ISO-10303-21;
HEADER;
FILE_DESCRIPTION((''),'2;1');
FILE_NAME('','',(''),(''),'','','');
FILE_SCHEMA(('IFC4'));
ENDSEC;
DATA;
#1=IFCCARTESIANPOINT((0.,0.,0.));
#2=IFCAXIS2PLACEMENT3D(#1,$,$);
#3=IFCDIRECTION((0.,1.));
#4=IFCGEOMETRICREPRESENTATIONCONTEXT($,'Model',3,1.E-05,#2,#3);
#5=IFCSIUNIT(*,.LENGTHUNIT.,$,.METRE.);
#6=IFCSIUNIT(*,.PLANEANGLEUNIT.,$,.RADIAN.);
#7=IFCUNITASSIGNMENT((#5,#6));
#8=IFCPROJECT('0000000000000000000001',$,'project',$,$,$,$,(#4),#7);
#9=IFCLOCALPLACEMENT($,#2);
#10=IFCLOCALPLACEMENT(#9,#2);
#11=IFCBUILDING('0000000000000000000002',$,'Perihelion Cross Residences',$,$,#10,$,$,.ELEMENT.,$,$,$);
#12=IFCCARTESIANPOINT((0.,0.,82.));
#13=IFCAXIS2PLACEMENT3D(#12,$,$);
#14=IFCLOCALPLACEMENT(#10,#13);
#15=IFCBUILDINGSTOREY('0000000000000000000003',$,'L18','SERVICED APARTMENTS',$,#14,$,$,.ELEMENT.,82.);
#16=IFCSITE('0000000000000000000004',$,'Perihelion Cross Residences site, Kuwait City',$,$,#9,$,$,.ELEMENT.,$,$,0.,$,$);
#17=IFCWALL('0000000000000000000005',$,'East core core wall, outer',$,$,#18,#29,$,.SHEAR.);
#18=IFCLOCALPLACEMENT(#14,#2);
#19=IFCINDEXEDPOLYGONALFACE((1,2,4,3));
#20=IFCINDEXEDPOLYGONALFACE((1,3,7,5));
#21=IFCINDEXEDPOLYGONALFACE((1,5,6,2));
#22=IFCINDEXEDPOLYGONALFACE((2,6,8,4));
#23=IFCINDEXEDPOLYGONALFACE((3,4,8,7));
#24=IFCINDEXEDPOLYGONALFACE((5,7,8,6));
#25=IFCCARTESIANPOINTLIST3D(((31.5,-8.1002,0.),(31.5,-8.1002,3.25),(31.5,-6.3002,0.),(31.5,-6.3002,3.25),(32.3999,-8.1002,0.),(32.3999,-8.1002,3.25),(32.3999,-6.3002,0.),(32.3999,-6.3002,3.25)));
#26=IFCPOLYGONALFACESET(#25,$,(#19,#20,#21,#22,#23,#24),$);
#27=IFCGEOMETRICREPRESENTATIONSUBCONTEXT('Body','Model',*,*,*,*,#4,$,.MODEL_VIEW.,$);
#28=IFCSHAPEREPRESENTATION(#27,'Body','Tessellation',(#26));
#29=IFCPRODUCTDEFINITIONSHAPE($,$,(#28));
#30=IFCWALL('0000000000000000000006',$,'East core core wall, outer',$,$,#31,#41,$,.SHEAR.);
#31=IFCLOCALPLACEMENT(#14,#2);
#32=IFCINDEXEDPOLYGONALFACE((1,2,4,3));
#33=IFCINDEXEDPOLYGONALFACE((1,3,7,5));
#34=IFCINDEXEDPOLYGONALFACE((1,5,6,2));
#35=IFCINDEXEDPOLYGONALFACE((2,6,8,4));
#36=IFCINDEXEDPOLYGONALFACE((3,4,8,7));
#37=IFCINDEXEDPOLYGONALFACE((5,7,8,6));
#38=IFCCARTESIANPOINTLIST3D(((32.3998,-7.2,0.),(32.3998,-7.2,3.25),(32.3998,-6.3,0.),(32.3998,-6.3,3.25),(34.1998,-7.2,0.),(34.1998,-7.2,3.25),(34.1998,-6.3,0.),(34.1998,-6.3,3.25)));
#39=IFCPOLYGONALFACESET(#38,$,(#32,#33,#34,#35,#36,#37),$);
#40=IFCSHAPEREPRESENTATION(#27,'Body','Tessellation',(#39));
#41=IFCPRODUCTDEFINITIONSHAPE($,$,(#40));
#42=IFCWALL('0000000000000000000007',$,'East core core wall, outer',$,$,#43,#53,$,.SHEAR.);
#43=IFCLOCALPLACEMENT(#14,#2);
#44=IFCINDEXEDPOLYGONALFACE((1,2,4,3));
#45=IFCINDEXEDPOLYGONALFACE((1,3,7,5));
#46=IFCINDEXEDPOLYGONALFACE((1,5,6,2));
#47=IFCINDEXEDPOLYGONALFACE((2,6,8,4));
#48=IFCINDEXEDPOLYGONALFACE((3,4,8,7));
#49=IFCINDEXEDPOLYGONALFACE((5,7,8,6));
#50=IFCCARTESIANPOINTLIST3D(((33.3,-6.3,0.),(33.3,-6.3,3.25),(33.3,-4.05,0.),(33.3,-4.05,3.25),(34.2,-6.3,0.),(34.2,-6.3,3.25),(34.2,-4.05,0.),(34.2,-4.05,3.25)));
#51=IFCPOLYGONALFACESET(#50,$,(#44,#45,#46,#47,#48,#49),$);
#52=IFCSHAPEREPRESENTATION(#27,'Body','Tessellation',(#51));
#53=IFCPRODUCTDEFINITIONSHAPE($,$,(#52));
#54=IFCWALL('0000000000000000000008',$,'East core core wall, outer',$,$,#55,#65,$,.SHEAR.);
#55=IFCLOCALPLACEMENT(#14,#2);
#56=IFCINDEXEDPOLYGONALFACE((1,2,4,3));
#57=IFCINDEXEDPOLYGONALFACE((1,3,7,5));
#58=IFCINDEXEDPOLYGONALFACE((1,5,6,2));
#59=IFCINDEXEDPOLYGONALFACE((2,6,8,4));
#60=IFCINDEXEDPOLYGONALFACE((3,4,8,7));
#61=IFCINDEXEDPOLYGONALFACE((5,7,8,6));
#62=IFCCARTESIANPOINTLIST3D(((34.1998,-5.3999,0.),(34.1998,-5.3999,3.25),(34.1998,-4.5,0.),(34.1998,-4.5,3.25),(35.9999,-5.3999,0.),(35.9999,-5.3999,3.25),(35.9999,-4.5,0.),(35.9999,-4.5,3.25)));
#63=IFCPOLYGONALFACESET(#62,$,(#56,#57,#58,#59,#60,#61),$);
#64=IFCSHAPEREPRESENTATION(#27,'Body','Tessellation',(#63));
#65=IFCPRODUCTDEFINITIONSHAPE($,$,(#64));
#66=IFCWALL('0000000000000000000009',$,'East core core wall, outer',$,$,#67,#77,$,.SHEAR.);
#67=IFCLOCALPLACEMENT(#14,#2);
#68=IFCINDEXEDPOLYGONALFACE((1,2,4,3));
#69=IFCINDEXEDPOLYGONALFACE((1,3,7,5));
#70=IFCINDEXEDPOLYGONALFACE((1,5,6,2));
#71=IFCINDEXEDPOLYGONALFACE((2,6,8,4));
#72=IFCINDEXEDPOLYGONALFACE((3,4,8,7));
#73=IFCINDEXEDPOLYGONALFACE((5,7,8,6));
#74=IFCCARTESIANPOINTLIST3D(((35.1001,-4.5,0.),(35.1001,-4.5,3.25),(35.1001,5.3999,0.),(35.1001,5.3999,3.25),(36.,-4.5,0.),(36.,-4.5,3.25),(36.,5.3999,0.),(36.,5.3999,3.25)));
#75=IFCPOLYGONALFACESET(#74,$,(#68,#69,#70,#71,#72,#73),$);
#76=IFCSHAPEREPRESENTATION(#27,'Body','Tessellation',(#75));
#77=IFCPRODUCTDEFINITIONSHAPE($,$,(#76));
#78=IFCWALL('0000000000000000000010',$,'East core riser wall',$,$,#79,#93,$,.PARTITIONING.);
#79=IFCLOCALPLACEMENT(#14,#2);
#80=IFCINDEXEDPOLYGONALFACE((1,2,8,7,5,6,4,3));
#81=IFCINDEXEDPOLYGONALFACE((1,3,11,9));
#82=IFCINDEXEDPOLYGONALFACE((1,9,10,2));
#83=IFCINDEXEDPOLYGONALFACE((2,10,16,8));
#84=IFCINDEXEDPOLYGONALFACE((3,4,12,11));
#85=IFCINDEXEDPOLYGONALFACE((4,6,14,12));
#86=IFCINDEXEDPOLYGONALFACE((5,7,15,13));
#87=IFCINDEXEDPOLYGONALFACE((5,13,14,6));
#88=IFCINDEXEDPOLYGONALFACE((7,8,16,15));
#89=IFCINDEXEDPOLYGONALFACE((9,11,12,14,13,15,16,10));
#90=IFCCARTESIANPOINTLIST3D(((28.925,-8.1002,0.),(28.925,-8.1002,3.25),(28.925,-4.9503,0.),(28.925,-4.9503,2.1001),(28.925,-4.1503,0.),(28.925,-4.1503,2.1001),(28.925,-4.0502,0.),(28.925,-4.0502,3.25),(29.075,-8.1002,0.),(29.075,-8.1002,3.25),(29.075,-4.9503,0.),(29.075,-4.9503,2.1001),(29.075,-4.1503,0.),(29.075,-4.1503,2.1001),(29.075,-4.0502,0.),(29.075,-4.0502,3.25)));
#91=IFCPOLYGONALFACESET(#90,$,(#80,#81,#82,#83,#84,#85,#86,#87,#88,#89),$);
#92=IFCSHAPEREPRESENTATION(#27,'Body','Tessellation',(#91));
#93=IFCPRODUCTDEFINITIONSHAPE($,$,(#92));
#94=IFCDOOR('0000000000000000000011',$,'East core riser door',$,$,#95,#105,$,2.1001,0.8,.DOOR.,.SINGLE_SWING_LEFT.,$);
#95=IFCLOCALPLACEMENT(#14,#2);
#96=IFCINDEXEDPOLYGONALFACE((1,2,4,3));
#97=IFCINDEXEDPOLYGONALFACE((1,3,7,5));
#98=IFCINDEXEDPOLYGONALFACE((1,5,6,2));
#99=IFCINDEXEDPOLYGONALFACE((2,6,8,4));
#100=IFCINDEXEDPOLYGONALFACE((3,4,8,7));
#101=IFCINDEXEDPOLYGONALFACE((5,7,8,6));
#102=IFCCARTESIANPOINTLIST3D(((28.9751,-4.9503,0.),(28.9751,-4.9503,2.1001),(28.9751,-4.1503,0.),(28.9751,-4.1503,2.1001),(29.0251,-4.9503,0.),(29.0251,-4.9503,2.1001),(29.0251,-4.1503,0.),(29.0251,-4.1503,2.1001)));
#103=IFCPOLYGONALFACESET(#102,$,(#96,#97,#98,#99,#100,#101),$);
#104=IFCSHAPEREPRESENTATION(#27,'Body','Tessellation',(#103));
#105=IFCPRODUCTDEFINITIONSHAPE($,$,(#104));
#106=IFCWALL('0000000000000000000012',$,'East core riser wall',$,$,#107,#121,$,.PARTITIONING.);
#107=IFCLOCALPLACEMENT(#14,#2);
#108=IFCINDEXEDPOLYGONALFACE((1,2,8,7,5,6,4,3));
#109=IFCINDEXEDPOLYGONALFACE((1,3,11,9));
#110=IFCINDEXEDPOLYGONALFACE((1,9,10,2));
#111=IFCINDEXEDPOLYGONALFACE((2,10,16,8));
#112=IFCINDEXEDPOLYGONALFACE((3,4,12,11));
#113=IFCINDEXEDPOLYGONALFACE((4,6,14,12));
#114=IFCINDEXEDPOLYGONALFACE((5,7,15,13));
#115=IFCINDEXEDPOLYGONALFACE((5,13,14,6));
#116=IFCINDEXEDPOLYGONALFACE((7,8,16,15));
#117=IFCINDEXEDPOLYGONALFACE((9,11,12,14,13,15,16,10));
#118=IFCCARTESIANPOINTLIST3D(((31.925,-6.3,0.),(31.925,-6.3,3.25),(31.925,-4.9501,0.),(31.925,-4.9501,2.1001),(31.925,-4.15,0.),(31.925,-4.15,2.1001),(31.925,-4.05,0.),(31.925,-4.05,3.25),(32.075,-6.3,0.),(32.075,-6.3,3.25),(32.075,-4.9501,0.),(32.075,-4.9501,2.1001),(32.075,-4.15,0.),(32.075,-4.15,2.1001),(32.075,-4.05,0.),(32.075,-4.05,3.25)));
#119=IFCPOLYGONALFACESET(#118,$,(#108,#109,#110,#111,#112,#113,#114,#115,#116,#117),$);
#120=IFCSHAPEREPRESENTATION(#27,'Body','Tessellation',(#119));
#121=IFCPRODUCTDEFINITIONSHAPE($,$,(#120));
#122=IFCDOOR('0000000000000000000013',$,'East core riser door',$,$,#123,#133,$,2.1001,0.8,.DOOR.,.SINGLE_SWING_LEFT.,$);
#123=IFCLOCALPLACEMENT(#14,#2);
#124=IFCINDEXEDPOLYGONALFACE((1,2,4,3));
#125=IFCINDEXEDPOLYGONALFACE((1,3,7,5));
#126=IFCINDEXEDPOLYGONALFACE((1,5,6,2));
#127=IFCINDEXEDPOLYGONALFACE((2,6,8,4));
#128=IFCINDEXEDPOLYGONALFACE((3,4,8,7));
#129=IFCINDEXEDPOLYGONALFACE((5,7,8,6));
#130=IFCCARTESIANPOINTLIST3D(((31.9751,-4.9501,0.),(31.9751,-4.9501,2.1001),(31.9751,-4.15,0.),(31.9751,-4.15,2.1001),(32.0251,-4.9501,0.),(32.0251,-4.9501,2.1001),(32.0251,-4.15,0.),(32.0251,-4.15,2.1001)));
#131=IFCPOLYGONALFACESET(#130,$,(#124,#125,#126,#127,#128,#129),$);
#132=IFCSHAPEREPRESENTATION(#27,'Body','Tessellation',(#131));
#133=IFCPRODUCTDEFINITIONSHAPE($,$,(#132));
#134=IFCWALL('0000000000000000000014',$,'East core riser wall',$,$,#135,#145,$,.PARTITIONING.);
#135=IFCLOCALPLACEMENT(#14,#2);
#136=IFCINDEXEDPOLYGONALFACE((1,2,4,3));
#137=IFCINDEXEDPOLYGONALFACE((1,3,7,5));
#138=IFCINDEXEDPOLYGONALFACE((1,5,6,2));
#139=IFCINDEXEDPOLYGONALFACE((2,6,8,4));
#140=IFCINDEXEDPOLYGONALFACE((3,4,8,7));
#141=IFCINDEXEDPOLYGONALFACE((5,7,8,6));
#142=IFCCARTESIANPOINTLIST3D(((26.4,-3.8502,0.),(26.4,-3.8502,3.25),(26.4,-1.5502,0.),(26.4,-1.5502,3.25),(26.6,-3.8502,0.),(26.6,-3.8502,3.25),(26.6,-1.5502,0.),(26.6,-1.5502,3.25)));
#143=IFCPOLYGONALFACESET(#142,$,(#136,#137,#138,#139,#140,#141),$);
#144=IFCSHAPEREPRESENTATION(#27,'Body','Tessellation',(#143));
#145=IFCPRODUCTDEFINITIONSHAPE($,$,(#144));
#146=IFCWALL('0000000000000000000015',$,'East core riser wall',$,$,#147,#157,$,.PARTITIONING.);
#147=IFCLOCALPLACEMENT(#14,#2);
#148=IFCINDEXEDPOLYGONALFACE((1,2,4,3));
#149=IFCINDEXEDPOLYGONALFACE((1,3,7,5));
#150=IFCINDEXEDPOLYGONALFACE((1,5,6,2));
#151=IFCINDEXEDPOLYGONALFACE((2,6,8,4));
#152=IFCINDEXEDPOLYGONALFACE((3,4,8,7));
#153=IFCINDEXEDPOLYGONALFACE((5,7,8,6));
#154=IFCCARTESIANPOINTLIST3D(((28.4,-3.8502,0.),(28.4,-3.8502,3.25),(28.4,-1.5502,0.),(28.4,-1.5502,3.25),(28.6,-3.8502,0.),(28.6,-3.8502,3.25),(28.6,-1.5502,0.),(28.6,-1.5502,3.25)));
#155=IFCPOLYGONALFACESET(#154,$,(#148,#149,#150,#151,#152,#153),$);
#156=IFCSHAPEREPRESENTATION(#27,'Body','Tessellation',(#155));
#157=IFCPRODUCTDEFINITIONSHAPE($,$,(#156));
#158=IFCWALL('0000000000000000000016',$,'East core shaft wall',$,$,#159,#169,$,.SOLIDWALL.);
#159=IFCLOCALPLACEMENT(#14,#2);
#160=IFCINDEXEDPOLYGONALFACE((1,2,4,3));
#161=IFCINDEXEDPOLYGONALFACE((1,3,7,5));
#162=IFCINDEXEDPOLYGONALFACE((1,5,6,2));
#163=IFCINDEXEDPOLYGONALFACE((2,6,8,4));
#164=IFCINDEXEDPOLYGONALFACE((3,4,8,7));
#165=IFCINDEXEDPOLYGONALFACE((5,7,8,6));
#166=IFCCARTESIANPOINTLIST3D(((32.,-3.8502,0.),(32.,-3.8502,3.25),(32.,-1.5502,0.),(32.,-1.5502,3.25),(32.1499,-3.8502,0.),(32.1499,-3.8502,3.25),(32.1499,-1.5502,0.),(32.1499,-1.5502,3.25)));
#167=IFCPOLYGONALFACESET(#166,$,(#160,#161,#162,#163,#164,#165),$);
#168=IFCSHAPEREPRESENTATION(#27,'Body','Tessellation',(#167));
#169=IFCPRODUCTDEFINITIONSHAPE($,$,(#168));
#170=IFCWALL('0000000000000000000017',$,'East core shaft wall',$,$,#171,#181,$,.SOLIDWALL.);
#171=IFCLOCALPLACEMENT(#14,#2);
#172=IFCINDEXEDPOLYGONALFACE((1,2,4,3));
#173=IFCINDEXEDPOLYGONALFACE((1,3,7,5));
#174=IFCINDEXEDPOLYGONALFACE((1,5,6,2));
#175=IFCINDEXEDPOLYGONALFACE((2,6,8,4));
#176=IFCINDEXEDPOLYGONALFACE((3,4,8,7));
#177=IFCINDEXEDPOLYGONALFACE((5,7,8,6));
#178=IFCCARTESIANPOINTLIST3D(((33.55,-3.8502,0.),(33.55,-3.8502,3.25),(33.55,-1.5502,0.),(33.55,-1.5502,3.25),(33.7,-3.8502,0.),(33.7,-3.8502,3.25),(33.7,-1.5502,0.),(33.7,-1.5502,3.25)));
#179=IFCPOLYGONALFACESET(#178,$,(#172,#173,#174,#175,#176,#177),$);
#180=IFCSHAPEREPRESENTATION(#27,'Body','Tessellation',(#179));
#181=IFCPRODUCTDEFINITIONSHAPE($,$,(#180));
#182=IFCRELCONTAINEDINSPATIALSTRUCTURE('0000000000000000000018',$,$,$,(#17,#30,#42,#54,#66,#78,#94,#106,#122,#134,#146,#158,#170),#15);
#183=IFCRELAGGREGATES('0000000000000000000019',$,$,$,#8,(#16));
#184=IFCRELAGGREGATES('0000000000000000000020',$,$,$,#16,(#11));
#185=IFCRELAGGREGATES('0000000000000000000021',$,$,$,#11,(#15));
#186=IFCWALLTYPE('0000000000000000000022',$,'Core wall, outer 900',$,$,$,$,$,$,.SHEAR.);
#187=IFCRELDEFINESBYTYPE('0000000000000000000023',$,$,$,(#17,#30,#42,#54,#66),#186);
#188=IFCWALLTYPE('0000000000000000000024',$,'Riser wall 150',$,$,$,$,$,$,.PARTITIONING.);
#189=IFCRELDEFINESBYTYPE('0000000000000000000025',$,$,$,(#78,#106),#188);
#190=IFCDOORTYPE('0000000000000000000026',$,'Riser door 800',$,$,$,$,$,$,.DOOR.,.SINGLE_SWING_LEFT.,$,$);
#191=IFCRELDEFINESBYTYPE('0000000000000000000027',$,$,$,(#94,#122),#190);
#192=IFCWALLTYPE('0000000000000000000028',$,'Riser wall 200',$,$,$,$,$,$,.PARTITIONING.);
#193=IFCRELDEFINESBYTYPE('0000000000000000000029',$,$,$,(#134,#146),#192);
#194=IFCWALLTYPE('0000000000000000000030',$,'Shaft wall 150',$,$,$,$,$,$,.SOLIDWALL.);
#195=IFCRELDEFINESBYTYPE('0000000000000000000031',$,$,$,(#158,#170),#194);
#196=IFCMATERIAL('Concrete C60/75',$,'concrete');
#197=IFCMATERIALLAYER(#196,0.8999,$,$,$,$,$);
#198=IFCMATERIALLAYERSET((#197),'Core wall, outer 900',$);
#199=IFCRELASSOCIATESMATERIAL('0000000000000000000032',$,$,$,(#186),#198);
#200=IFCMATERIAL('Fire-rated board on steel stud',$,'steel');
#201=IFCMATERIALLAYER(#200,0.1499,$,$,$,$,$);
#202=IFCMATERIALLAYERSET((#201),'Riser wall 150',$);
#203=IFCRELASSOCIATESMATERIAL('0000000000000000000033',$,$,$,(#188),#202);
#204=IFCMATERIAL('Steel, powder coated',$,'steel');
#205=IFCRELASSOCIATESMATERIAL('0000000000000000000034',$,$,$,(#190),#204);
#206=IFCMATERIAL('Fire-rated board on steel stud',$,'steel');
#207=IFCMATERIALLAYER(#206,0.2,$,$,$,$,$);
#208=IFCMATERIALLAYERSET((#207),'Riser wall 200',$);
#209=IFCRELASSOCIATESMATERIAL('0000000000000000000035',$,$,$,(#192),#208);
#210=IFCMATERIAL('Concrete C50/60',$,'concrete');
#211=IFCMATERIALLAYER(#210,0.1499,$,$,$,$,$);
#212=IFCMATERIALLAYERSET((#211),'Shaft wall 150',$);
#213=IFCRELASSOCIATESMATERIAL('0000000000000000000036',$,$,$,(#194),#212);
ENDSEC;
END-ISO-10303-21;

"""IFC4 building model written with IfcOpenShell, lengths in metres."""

from ifc_helpers import new_model, si_unit, direction, frame, frame_2d, origin, place, context, subcontext, project, spatial, rectangle, extrude, material, layer, layer_set, type_object, element, fill, save


model = new_model("IFC4")

# Units and contexts
model_context = context("Model", 3, precision=1e-05, world=origin(), true_north=direction((0.0, 1.0)))
body_context = subcontext(model_context, "Body", "Model", "MODEL_VIEW")
ifc_project = project(units=[si_unit("LENGTHUNIT", "METRE"), si_unit("PLANEANGLEUNIT", "RADIAN")], contexts=[model_context])

# Site, building, storey
site_placement = place(None, origin())
site = spatial("IfcSite", under=ifc_project, at=site_placement, Name="Perihelion Cross Residences site, Kuwait City", CompositionType="ELEMENT", RefElevation=0.0)
building_placement = place(site_placement, origin())
building = spatial("IfcBuilding", under=site, at=building_placement, Name="Perihelion Cross Residences", CompositionType="ELEMENT")
storey_placement = place(building_placement, frame((0.0, 0.0, 82.0)))
storey = spatial("IfcBuildingStorey", under=building, at=storey_placement, Name="L18", Description="SERVICED APARTMENTS", CompositionType="ELEMENT", Elevation=82.0)

# Walls
ifc_material_1 = material(Name="Concrete C60/75", Category="concrete")
ifc_layer_1 = layer(ifc_material_1, 0.8999)
ifc_layer_set_1 = layer_set([ifc_layer_1], Name="Core wall, outer 900")
wall_type_1 = type_object("IfcWallType", Name="Core wall, outer 900", PredefinedType="SHEAR", material=ifc_layer_set_1)
for number, where, z_axis, x_axis, name in (
    (1, (31.95, -8.1001, 0.0), (0.0, 0.0, 1.0), (0.0, 1.0, 0.0), "East core core wall, outer"),
    (2, (32.3999, -6.75, 0.0), (0.0, 0.0, 1.0), (1.0, 0.0, 0.0), "East core core wall, outer"),
):
    element("IfcWall", number, at=place(storey_placement, frame(where, z_axis=z_axis, x_axis=x_axis)), inside=storey, type_object=wall_type_1, Name=name, PredefinedType="SHEAR", context=body_context, shape_type="SweptSolid", body=[
        extrude(rectangle(XDim=1.8, YDim=0.8999, at=frame_2d((0.8999, 0.0))), origin(), (0.0, 0.0, 1.0), 3.25),
    ])
wall_1_placement = place(storey_placement, frame((33.75, -6.3, 0.0), z_axis=(0.0, 0.0, 1.0), x_axis=(0.0, 1.0, 0.0)))
element("IfcWall", 3, at=wall_1_placement, inside=storey, type_object=wall_type_1, Name="East core core wall, outer", PredefinedType="SHEAR", context=body_context, shape_type="SweptSolid", body=[
    extrude(rectangle(XDim=2.25, YDim=0.8999, at=frame_2d((1.125, 0.0))), origin(), (0.0, 0.0, 1.0), 3.25),
])
wall_2_placement = place(storey_placement, frame((34.2, -4.95, 0.0), z_axis=(0.0, 0.0, 1.0), x_axis=(1.0, 0.0, 0.0)))
element("IfcWall", 4, at=wall_2_placement, inside=storey, type_object=wall_type_1, Name="East core core wall, outer", PredefinedType="SHEAR", context=body_context, shape_type="SweptSolid", body=[
    extrude(rectangle(XDim=1.8, YDim=0.8999, at=frame_2d((0.8999, 0.0))), origin(), (0.0, 0.0, 1.0), 3.25),
])
wall_3_placement = place(storey_placement, frame((35.55, -4.5, 0.0), z_axis=(0.0, 0.0, 1.0), x_axis=(0.0, 1.0, 0.0)))
element("IfcWall", 5, at=wall_3_placement, inside=storey, type_object=wall_type_1, Name="East core core wall, outer", PredefinedType="SHEAR", context=body_context, shape_type="SweptSolid", body=[
    extrude(rectangle(XDim=9.8999, YDim=0.8999, at=frame_2d((4.95, 0.0))), origin(), (0.0, 0.0, 1.0), 3.25),
])

# Walls, openings, doors
ifc_material_2 = material(Name="Fire-rated board on steel stud", Category="steel")
ifc_layer_2 = layer(ifc_material_2, 0.1499)
ifc_layer_set_2 = layer_set([ifc_layer_2], Name="Riser wall 150")
wall_type_2 = type_object("IfcWallType", Name="Riser wall 150", PredefinedType="PARTITIONING", material=ifc_layer_set_2)
wall_4_placement = place(storey_placement, frame((29.0, -8.1001, 0.0), z_axis=(0.0, 0.0, 1.0), x_axis=(0.0, 1.0, 0.0)))
wall_4 = element("IfcWall", 6, at=wall_4_placement, inside=storey, type_object=wall_type_2, Name="East core riser wall", PredefinedType="PARTITIONING", context=body_context, shape_type="SweptSolid", body=[
    extrude(rectangle(XDim=4.05, YDim=0.1499, at=frame_2d((2.0249, 0.0))), origin(), (0.0, 0.0, 1.0), 3.25),
])
opening_1_placement = place(wall_4_placement, frame((3.1499, 0.0, 0.0)))
opening_1 = element("IfcOpeningElement", 7, at=opening_1_placement, cuts=wall_4, PredefinedType="OPENING", context=body_context, shape_type="SweptSolid", body=[
    extrude(rectangle(XDim=0.8, YDim=2.1001, at=frame_2d((0.3999, 1.05))), frame((0.0, 0.085, 0.0), z_axis=(0.0, -1.0, 0.0), x_axis=(1.0, 0.0, 0.0)), (0.0, 0.0, 1.0), 0.1699),
])
ifc_material_3 = material(Name="Steel, powder coated", Category="steel")
door_type = type_object("IfcDoorType", Name="Riser door 800", OperationType="SINGLE_SWING_LEFT", PredefinedType="DOOR", material=ifc_material_3)
door_1_placement = place(opening_1_placement, origin())
door_1 = element("IfcDoor", 8, at=door_1_placement, inside=storey, type_object=door_type, Name="East core riser door", OperationType="SINGLE_SWING_LEFT", OverallHeight=2.1001, OverallWidth=0.8, PredefinedType="DOOR", context=body_context, shape_type="SweptSolid", body=[
    extrude(rectangle(XDim=0.8, YDim=2.1001, at=frame_2d((0.3999, 1.05))), frame((0.0, 0.0249, 0.0), z_axis=(0.0, -1.0, 0.0), x_axis=(1.0, 0.0, 0.0)), (0.0, 0.0, 1.0), 0.05),
])
fill(opening_1, door_1)
wall_5_placement = place(storey_placement, frame((32.0, -6.3, 0.0), z_axis=(0.0, 0.0, 1.0), x_axis=(0.0, 1.0, 0.0)))
wall_5 = element("IfcWall", 9, at=wall_5_placement, inside=storey, type_object=wall_type_2, Name="East core riser wall", PredefinedType="PARTITIONING", context=body_context, shape_type="SweptSolid", body=[
    extrude(rectangle(XDim=2.25, YDim=0.1499, at=frame_2d((1.125, 0.0))), origin(), (0.0, 0.0, 1.0), 3.25),
])
opening_2_placement = place(wall_5_placement, frame((1.3501, 0.0, 0.0)))
opening_2 = element("IfcOpeningElement", 10, at=opening_2_placement, cuts=wall_5, PredefinedType="OPENING", context=body_context, shape_type="SweptSolid", body=[
    extrude(rectangle(XDim=0.8, YDim=2.1001, at=frame_2d((0.3999, 1.05))), frame((0.0, 0.085, 0.0), z_axis=(0.0, -1.0, 0.0), x_axis=(1.0, 0.0, 0.0)), (0.0, 0.0, 1.0), 0.1699),
])
door_2_placement = place(opening_2_placement, origin())
door_2 = element("IfcDoor", 11, at=door_2_placement, inside=storey, type_object=door_type, Name="East core riser door", OperationType="SINGLE_SWING_LEFT", OverallHeight=2.1001, OverallWidth=0.8, PredefinedType="DOOR", context=body_context, shape_type="SweptSolid", body=[
    extrude(rectangle(XDim=0.8, YDim=2.1001, at=frame_2d((0.3999, 1.05))), frame((0.0, 0.0249, 0.0), z_axis=(0.0, -1.0, 0.0), x_axis=(1.0, 0.0, 0.0)), (0.0, 0.0, 1.0), 0.05),
])
fill(opening_2, door_2)

# Walls
ifc_material_4 = material(Name="Fire-rated board on steel stud", Category="steel")
ifc_layer_3 = layer(ifc_material_4, 0.2)
ifc_layer_set_3 = layer_set([ifc_layer_3], Name="Riser wall 200")
wall_type_3 = type_object("IfcWallType", Name="Riser wall 200", PredefinedType="PARTITIONING", material=ifc_layer_set_3)
for number, where, z_axis, x_axis, name in (
    (12, (26.5, -3.8501, 0.0), (0.0, 0.0, 1.0), (0.0, 1.0, 0.0), "East core riser wall"),
    (13, (28.5, -3.8501, 0.0), (0.0, 0.0, 1.0), (0.0, 1.0, 0.0), "East core riser wall"),
):
    element("IfcWall", number, at=place(storey_placement, frame(where, z_axis=z_axis, x_axis=x_axis)), inside=storey, type_object=wall_type_3, Name=name, PredefinedType="PARTITIONING", context=body_context, shape_type="SweptSolid", body=[
        extrude(rectangle(XDim=2.3, YDim=0.2, at=frame_2d((1.1499, 0.0))), origin(), (0.0, 0.0, 1.0), 3.25),
    ])
ifc_material_5 = material(Name="Concrete C50/60", Category="concrete")
ifc_layer_4 = layer(ifc_material_5, 0.1499)
ifc_layer_set_4 = layer_set([ifc_layer_4], Name="Shaft wall 150")
wall_type_4 = type_object("IfcWallType", Name="Shaft wall 150", PredefinedType="SOLIDWALL", material=ifc_layer_set_4)
for number, where, z_axis, x_axis, name in (
    (14, (32.075, -3.8501, 0.0), (0.0, 0.0, 1.0), (0.0, 1.0, 0.0), "East core shaft wall"),
    (15, (33.625, -3.8501, 0.0), (0.0, 0.0, 1.0), (0.0, 1.0, 0.0), "East core shaft wall"),
):
    element("IfcWall", number, at=place(storey_placement, frame(where, z_axis=z_axis, x_axis=x_axis)), inside=storey, type_object=wall_type_4, Name=name, PredefinedType="SOLIDWALL", context=body_context, shape_type="SweptSolid", body=[
        extrude(rectangle(XDim=2.3, YDim=0.1499, at=frame_2d((1.1499, 0.0))), origin(), (0.0, 0.0, 1.0), 3.25),
    ])

save(model, "model.ifc")
